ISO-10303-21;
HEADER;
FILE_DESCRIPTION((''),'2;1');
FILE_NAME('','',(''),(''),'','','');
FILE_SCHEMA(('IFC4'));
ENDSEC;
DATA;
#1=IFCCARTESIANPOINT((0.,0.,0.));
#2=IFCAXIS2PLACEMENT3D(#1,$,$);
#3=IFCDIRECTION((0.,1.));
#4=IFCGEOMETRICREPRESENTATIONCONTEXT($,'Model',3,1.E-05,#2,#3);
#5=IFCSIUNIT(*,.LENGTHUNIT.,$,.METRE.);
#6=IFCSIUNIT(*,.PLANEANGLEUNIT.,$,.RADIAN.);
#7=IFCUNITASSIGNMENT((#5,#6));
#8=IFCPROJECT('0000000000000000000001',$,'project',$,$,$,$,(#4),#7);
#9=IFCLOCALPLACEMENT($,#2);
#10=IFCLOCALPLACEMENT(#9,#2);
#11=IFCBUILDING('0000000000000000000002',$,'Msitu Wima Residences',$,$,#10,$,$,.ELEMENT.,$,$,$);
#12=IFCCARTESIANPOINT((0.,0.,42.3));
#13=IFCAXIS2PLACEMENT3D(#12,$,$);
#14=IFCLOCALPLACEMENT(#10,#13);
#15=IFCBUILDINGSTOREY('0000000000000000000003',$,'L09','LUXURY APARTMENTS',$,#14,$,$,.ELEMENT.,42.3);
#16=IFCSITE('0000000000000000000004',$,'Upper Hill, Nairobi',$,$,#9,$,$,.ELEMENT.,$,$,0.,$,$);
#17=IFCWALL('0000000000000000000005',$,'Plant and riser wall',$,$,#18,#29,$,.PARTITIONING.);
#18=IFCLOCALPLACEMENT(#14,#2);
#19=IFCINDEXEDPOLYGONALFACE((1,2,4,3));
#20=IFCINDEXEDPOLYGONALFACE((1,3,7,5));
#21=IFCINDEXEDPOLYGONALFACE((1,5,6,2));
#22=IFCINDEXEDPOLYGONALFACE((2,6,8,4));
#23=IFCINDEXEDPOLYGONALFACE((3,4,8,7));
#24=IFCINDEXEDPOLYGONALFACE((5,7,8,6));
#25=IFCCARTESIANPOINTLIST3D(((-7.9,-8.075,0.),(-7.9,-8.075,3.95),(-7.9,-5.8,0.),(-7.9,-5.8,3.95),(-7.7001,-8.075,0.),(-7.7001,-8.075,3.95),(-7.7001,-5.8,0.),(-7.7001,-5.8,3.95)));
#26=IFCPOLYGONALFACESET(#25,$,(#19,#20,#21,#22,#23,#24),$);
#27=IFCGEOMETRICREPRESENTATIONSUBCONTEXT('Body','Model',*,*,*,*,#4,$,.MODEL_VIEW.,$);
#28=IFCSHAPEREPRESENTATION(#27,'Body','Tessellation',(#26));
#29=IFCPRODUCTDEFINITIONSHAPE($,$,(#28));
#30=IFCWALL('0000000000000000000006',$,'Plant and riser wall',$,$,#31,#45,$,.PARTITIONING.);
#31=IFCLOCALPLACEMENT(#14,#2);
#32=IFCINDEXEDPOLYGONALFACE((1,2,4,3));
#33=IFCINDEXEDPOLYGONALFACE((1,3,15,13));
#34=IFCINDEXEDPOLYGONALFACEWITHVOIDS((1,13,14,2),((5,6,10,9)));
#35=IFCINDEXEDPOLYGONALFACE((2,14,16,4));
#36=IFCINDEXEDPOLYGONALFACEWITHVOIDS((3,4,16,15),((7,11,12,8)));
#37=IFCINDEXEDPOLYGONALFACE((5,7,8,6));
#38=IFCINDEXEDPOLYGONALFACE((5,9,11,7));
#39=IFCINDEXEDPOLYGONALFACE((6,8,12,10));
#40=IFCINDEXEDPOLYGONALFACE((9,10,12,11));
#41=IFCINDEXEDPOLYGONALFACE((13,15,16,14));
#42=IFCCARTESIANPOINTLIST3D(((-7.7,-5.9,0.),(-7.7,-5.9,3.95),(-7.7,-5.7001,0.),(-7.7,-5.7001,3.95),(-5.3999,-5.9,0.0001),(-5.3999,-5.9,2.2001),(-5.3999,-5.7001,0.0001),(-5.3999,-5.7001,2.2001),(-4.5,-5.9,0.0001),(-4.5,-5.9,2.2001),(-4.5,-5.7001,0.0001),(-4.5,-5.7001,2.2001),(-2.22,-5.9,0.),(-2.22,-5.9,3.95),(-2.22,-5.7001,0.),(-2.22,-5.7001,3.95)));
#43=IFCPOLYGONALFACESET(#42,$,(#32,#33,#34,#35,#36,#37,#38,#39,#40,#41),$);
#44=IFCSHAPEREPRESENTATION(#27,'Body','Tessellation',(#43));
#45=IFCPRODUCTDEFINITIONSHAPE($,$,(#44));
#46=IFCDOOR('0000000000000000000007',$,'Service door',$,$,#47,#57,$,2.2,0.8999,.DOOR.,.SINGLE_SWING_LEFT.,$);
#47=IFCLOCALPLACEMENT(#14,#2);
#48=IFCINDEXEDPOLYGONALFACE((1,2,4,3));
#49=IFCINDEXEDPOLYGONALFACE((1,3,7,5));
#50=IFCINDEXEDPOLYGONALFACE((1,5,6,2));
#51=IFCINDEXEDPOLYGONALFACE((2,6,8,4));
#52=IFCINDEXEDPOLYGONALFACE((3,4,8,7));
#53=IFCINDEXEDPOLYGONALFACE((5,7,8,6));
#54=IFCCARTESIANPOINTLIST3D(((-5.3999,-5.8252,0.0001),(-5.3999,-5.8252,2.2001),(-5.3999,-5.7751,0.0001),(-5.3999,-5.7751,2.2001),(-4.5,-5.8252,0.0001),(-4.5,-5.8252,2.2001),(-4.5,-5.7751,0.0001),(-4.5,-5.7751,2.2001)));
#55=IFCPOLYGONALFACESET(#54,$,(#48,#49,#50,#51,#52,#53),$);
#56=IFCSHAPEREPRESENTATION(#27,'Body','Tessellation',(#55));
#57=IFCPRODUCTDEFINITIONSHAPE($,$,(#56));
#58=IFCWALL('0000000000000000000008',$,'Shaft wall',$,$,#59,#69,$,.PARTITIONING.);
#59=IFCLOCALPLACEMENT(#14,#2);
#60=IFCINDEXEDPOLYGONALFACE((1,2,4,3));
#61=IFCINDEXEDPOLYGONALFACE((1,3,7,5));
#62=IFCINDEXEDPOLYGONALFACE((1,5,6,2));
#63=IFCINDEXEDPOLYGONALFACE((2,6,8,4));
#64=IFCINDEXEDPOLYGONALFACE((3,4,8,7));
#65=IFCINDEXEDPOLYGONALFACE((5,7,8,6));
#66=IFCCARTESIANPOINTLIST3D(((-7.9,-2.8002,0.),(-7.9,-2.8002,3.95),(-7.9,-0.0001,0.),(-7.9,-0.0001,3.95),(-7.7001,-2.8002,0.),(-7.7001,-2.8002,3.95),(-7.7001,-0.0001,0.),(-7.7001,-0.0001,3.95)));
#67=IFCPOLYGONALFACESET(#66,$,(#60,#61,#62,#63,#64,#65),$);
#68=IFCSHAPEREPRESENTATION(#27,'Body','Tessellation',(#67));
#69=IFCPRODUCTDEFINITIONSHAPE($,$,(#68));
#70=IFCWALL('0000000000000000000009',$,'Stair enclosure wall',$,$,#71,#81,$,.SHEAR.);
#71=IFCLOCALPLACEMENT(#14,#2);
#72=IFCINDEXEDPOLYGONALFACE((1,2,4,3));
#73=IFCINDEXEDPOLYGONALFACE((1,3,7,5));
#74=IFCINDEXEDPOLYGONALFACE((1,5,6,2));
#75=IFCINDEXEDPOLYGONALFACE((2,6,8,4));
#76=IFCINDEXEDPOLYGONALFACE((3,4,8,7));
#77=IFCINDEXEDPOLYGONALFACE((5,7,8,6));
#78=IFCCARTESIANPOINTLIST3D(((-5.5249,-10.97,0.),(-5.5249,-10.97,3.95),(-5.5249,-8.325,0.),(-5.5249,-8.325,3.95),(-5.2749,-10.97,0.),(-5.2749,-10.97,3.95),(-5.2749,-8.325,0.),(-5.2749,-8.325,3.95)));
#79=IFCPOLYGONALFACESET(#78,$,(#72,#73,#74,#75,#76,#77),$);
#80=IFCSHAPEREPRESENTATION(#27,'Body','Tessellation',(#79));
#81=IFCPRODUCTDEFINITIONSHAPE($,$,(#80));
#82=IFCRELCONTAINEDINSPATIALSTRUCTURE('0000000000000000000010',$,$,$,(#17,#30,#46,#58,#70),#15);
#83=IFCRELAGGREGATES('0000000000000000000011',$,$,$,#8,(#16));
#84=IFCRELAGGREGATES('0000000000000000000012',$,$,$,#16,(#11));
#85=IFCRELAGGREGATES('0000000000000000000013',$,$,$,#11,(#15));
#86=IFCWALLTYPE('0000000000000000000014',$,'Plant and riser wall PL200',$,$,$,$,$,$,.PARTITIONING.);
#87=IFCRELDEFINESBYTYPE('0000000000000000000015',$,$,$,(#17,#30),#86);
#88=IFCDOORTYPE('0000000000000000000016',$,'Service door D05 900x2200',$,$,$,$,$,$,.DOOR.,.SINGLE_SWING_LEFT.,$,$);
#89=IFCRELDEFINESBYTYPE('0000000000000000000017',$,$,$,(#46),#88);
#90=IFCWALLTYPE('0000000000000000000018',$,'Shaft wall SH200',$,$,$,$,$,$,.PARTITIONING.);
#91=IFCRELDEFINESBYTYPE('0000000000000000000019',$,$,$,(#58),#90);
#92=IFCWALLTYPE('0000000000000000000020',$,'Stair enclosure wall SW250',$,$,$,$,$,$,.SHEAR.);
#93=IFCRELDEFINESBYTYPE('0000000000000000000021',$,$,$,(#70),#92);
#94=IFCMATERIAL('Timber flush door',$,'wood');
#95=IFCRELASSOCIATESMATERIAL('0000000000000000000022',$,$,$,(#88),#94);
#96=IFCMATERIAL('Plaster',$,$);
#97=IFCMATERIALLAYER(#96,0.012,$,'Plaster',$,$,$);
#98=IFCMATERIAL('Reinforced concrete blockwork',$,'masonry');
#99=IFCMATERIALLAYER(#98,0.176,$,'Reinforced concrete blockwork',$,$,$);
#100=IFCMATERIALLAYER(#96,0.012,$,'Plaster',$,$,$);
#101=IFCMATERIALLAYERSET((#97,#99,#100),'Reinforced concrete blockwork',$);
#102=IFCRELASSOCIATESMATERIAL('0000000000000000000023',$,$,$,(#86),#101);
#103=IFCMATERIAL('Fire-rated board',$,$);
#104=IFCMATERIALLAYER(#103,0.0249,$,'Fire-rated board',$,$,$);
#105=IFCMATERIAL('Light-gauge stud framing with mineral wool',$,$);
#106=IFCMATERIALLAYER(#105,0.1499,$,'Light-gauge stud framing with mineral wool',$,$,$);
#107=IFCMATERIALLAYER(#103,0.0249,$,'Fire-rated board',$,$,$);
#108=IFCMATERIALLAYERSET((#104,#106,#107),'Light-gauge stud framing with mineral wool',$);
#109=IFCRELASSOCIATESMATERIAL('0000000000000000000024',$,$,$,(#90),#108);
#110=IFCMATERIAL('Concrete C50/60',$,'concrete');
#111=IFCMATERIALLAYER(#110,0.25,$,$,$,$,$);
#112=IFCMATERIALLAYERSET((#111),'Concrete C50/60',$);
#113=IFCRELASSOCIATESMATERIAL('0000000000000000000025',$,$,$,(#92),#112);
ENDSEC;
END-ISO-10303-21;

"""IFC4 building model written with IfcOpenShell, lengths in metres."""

from ifc_helpers import new_model, si_unit, direction, frame, frame_2d, origin, place, context, subcontext, project, spatial, rectangle, extrude, material, layer, layer_set, type_object, element, fill, save


model = new_model("IFC4")

# Units and contexts
model_context = context("Model", 3, precision=1e-05, world=origin(), true_north=direction((0.0, 1.0)))
body_context = subcontext(model_context, "Body", "Model", "MODEL_VIEW")
ifc_project = project(units=[si_unit("LENGTHUNIT", "METRE"), si_unit("PLANEANGLEUNIT", "RADIAN")], contexts=[model_context])

# Site, building, storey
site_placement = place(None, origin())
site = spatial("IfcSite", under=ifc_project, at=site_placement, Name="Upper Hill, Nairobi", CompositionType="ELEMENT", RefElevation=0.0)
building_placement = place(site_placement, origin())
building = spatial("IfcBuilding", under=site, at=building_placement, Name="Msitu Wima Residences", CompositionType="ELEMENT")
storey_placement = place(building_placement, frame((0.0, 0.0, 42.3)))
storey = spatial("IfcBuildingStorey", under=building, at=storey_placement, Name="L09", Description="LUXURY APARTMENTS", CompositionType="ELEMENT", Elevation=42.3)

# Shared definitions
ifc_material_1 = material(Name="Plaster")
ifc_material_2 = material(Name="Timber flush door", Category="wood")
door_type_1 = type_object("IfcDoorType", Name="Service door D05 900x2200", OperationType="SINGLE_SWING_LEFT", PredefinedType="DOOR", material=ifc_material_2)

# Wall
ifc_layer_1 = layer(ifc_material_1, 0.012, Name="Plaster")
ifc_material_3 = material(Name="Reinforced concrete blockwork", Category="masonry")
ifc_layer_2 = layer(ifc_material_3, 0.176, Name="Reinforced concrete blockwork")
ifc_layer_3 = layer(ifc_material_1, 0.012, Name="Plaster")
ifc_layer_set_1 = layer_set([ifc_layer_1, ifc_layer_2, ifc_layer_3], Name="Reinforced concrete blockwork")
wall_type_1 = type_object("IfcWallType", Name="Plant and riser wall PL200", PredefinedType="PARTITIONING", material=ifc_layer_set_1)
wall_1_placement = place(storey_placement, frame((-7.8, -8.075, 0.0), z_axis=(0.0, 0.0, 1.0), x_axis=(0.0, 1.0, 0.0)))
element("IfcWall", 1, at=wall_1_placement, inside=storey, type_object=wall_type_1, Name="Plant and riser wall", PredefinedType="PARTITIONING", context=body_context, shape_type="SweptSolid", body=[
    extrude(rectangle(XDim=2.2749, YDim=0.2, at=frame_2d((1.1375, 0.0))), origin(), (0.0, 0.0, 1.0), 3.95),
])

# Wall, opening, door
wall_2_placement = place(storey_placement, frame((-7.7, -5.8, 0.0), z_axis=(0.0, 0.0, 1.0), x_axis=(1.0, 0.0, 0.0)))
wall_2 = element("IfcWall", 2, at=wall_2_placement, inside=storey, type_object=wall_type_1, Name="Plant and riser wall", PredefinedType="PARTITIONING", context=body_context, shape_type="SweptSolid", body=[
    extrude(rectangle(XDim=5.48, YDim=0.2, at=frame_2d((2.74, 0.0))), origin(), (0.0, 0.0, 1.0), 3.95),
])
opening_1_placement = place(wall_2_placement, frame((2.3, 0.0, 0.0)))
opening_1 = element("IfcOpeningElement", 3, at=opening_1_placement, cuts=wall_2, PredefinedType="OPENING", context=body_context, shape_type="SweptSolid", body=[
    extrude(rectangle(XDim=0.8999, YDim=2.2, at=frame_2d((0.45, 1.1001))), frame((0.0, 0.1099, 0.0), z_axis=(0.0, -1.0, 0.0), x_axis=(1.0, 0.0, 0.0)), (0.0, 0.0, 1.0), 0.22),
])
door_1_placement = place(opening_1_placement, origin())
door_1 = element("IfcDoor", 4, at=door_1_placement, inside=storey, type_object=door_type_1, Name="Service door", OperationType="SINGLE_SWING_LEFT", OverallHeight=2.2, OverallWidth=0.8999, PredefinedType="DOOR", context=body_context, shape_type="SweptSolid", body=[
    extrude(rectangle(XDim=0.8999, YDim=2.2, at=frame_2d((0.45, 1.1001))), frame((0.0, 0.0249, 0.0), z_axis=(0.0, -1.0, 0.0), x_axis=(1.0, 0.0, 0.0)), (0.0, 0.0, 1.0), 0.05),
])
fill(opening_1, door_1)

# Walls
ifc_material_4 = material(Name="Fire-rated board")
ifc_layer_4 = layer(ifc_material_4, 0.0249, Name="Fire-rated board")
ifc_material_5 = material(Name="Light-gauge stud framing with mineral wool")
ifc_layer_5 = layer(ifc_material_5, 0.1499, Name="Light-gauge stud framing with mineral wool")
ifc_layer_6 = layer(ifc_material_4, 0.0249, Name="Fire-rated board")
ifc_layer_set_2 = layer_set([ifc_layer_4, ifc_layer_5, ifc_layer_6], Name="Light-gauge stud framing with mineral wool")
wall_type_2 = type_object("IfcWallType", Name="Shaft wall SH200", PredefinedType="PARTITIONING", material=ifc_layer_set_2)
wall_3_placement = place(storey_placement, frame((-7.8, -2.8, 0.0), z_axis=(0.0, 0.0, 1.0), x_axis=(0.0, 1.0, 0.0)))
element("IfcWall", 5, at=wall_3_placement, inside=storey, type_object=wall_type_2, Name="Shaft wall", PredefinedType="PARTITIONING", context=body_context, shape_type="SweptSolid", body=[
    extrude(rectangle(XDim=2.8, YDim=0.2, at=frame_2d((1.3999, 0.0))), origin(), (0.0, 0.0, 1.0), 3.95),
])
ifc_material_6 = material(Name="Concrete C50/60", Category="concrete")
ifc_layer_7 = layer(ifc_material_6, 0.25)
ifc_layer_set_3 = layer_set([ifc_layer_7], Name="Concrete C50/60")
wall_type_3 = type_object("IfcWallType", Name="Stair enclosure wall SW250", PredefinedType="SHEAR", material=ifc_layer_set_3)
wall_4_placement = place(storey_placement, frame((-5.3999, -10.97, 0.0), z_axis=(0.0, 0.0, 1.0), x_axis=(0.0, 1.0, 0.0)))
element("IfcWall", 6, at=wall_4_placement, inside=storey, type_object=wall_type_3, Name="Stair enclosure wall", PredefinedType="SHEAR", context=body_context, shape_type="SweptSolid", body=[
    extrude(rectangle(XDim=2.645, YDim=0.25, at=frame_2d((1.3225, 0.0))), origin(), (0.0, 0.0, 1.0), 3.95),
])

save(model, "model.ifc")
